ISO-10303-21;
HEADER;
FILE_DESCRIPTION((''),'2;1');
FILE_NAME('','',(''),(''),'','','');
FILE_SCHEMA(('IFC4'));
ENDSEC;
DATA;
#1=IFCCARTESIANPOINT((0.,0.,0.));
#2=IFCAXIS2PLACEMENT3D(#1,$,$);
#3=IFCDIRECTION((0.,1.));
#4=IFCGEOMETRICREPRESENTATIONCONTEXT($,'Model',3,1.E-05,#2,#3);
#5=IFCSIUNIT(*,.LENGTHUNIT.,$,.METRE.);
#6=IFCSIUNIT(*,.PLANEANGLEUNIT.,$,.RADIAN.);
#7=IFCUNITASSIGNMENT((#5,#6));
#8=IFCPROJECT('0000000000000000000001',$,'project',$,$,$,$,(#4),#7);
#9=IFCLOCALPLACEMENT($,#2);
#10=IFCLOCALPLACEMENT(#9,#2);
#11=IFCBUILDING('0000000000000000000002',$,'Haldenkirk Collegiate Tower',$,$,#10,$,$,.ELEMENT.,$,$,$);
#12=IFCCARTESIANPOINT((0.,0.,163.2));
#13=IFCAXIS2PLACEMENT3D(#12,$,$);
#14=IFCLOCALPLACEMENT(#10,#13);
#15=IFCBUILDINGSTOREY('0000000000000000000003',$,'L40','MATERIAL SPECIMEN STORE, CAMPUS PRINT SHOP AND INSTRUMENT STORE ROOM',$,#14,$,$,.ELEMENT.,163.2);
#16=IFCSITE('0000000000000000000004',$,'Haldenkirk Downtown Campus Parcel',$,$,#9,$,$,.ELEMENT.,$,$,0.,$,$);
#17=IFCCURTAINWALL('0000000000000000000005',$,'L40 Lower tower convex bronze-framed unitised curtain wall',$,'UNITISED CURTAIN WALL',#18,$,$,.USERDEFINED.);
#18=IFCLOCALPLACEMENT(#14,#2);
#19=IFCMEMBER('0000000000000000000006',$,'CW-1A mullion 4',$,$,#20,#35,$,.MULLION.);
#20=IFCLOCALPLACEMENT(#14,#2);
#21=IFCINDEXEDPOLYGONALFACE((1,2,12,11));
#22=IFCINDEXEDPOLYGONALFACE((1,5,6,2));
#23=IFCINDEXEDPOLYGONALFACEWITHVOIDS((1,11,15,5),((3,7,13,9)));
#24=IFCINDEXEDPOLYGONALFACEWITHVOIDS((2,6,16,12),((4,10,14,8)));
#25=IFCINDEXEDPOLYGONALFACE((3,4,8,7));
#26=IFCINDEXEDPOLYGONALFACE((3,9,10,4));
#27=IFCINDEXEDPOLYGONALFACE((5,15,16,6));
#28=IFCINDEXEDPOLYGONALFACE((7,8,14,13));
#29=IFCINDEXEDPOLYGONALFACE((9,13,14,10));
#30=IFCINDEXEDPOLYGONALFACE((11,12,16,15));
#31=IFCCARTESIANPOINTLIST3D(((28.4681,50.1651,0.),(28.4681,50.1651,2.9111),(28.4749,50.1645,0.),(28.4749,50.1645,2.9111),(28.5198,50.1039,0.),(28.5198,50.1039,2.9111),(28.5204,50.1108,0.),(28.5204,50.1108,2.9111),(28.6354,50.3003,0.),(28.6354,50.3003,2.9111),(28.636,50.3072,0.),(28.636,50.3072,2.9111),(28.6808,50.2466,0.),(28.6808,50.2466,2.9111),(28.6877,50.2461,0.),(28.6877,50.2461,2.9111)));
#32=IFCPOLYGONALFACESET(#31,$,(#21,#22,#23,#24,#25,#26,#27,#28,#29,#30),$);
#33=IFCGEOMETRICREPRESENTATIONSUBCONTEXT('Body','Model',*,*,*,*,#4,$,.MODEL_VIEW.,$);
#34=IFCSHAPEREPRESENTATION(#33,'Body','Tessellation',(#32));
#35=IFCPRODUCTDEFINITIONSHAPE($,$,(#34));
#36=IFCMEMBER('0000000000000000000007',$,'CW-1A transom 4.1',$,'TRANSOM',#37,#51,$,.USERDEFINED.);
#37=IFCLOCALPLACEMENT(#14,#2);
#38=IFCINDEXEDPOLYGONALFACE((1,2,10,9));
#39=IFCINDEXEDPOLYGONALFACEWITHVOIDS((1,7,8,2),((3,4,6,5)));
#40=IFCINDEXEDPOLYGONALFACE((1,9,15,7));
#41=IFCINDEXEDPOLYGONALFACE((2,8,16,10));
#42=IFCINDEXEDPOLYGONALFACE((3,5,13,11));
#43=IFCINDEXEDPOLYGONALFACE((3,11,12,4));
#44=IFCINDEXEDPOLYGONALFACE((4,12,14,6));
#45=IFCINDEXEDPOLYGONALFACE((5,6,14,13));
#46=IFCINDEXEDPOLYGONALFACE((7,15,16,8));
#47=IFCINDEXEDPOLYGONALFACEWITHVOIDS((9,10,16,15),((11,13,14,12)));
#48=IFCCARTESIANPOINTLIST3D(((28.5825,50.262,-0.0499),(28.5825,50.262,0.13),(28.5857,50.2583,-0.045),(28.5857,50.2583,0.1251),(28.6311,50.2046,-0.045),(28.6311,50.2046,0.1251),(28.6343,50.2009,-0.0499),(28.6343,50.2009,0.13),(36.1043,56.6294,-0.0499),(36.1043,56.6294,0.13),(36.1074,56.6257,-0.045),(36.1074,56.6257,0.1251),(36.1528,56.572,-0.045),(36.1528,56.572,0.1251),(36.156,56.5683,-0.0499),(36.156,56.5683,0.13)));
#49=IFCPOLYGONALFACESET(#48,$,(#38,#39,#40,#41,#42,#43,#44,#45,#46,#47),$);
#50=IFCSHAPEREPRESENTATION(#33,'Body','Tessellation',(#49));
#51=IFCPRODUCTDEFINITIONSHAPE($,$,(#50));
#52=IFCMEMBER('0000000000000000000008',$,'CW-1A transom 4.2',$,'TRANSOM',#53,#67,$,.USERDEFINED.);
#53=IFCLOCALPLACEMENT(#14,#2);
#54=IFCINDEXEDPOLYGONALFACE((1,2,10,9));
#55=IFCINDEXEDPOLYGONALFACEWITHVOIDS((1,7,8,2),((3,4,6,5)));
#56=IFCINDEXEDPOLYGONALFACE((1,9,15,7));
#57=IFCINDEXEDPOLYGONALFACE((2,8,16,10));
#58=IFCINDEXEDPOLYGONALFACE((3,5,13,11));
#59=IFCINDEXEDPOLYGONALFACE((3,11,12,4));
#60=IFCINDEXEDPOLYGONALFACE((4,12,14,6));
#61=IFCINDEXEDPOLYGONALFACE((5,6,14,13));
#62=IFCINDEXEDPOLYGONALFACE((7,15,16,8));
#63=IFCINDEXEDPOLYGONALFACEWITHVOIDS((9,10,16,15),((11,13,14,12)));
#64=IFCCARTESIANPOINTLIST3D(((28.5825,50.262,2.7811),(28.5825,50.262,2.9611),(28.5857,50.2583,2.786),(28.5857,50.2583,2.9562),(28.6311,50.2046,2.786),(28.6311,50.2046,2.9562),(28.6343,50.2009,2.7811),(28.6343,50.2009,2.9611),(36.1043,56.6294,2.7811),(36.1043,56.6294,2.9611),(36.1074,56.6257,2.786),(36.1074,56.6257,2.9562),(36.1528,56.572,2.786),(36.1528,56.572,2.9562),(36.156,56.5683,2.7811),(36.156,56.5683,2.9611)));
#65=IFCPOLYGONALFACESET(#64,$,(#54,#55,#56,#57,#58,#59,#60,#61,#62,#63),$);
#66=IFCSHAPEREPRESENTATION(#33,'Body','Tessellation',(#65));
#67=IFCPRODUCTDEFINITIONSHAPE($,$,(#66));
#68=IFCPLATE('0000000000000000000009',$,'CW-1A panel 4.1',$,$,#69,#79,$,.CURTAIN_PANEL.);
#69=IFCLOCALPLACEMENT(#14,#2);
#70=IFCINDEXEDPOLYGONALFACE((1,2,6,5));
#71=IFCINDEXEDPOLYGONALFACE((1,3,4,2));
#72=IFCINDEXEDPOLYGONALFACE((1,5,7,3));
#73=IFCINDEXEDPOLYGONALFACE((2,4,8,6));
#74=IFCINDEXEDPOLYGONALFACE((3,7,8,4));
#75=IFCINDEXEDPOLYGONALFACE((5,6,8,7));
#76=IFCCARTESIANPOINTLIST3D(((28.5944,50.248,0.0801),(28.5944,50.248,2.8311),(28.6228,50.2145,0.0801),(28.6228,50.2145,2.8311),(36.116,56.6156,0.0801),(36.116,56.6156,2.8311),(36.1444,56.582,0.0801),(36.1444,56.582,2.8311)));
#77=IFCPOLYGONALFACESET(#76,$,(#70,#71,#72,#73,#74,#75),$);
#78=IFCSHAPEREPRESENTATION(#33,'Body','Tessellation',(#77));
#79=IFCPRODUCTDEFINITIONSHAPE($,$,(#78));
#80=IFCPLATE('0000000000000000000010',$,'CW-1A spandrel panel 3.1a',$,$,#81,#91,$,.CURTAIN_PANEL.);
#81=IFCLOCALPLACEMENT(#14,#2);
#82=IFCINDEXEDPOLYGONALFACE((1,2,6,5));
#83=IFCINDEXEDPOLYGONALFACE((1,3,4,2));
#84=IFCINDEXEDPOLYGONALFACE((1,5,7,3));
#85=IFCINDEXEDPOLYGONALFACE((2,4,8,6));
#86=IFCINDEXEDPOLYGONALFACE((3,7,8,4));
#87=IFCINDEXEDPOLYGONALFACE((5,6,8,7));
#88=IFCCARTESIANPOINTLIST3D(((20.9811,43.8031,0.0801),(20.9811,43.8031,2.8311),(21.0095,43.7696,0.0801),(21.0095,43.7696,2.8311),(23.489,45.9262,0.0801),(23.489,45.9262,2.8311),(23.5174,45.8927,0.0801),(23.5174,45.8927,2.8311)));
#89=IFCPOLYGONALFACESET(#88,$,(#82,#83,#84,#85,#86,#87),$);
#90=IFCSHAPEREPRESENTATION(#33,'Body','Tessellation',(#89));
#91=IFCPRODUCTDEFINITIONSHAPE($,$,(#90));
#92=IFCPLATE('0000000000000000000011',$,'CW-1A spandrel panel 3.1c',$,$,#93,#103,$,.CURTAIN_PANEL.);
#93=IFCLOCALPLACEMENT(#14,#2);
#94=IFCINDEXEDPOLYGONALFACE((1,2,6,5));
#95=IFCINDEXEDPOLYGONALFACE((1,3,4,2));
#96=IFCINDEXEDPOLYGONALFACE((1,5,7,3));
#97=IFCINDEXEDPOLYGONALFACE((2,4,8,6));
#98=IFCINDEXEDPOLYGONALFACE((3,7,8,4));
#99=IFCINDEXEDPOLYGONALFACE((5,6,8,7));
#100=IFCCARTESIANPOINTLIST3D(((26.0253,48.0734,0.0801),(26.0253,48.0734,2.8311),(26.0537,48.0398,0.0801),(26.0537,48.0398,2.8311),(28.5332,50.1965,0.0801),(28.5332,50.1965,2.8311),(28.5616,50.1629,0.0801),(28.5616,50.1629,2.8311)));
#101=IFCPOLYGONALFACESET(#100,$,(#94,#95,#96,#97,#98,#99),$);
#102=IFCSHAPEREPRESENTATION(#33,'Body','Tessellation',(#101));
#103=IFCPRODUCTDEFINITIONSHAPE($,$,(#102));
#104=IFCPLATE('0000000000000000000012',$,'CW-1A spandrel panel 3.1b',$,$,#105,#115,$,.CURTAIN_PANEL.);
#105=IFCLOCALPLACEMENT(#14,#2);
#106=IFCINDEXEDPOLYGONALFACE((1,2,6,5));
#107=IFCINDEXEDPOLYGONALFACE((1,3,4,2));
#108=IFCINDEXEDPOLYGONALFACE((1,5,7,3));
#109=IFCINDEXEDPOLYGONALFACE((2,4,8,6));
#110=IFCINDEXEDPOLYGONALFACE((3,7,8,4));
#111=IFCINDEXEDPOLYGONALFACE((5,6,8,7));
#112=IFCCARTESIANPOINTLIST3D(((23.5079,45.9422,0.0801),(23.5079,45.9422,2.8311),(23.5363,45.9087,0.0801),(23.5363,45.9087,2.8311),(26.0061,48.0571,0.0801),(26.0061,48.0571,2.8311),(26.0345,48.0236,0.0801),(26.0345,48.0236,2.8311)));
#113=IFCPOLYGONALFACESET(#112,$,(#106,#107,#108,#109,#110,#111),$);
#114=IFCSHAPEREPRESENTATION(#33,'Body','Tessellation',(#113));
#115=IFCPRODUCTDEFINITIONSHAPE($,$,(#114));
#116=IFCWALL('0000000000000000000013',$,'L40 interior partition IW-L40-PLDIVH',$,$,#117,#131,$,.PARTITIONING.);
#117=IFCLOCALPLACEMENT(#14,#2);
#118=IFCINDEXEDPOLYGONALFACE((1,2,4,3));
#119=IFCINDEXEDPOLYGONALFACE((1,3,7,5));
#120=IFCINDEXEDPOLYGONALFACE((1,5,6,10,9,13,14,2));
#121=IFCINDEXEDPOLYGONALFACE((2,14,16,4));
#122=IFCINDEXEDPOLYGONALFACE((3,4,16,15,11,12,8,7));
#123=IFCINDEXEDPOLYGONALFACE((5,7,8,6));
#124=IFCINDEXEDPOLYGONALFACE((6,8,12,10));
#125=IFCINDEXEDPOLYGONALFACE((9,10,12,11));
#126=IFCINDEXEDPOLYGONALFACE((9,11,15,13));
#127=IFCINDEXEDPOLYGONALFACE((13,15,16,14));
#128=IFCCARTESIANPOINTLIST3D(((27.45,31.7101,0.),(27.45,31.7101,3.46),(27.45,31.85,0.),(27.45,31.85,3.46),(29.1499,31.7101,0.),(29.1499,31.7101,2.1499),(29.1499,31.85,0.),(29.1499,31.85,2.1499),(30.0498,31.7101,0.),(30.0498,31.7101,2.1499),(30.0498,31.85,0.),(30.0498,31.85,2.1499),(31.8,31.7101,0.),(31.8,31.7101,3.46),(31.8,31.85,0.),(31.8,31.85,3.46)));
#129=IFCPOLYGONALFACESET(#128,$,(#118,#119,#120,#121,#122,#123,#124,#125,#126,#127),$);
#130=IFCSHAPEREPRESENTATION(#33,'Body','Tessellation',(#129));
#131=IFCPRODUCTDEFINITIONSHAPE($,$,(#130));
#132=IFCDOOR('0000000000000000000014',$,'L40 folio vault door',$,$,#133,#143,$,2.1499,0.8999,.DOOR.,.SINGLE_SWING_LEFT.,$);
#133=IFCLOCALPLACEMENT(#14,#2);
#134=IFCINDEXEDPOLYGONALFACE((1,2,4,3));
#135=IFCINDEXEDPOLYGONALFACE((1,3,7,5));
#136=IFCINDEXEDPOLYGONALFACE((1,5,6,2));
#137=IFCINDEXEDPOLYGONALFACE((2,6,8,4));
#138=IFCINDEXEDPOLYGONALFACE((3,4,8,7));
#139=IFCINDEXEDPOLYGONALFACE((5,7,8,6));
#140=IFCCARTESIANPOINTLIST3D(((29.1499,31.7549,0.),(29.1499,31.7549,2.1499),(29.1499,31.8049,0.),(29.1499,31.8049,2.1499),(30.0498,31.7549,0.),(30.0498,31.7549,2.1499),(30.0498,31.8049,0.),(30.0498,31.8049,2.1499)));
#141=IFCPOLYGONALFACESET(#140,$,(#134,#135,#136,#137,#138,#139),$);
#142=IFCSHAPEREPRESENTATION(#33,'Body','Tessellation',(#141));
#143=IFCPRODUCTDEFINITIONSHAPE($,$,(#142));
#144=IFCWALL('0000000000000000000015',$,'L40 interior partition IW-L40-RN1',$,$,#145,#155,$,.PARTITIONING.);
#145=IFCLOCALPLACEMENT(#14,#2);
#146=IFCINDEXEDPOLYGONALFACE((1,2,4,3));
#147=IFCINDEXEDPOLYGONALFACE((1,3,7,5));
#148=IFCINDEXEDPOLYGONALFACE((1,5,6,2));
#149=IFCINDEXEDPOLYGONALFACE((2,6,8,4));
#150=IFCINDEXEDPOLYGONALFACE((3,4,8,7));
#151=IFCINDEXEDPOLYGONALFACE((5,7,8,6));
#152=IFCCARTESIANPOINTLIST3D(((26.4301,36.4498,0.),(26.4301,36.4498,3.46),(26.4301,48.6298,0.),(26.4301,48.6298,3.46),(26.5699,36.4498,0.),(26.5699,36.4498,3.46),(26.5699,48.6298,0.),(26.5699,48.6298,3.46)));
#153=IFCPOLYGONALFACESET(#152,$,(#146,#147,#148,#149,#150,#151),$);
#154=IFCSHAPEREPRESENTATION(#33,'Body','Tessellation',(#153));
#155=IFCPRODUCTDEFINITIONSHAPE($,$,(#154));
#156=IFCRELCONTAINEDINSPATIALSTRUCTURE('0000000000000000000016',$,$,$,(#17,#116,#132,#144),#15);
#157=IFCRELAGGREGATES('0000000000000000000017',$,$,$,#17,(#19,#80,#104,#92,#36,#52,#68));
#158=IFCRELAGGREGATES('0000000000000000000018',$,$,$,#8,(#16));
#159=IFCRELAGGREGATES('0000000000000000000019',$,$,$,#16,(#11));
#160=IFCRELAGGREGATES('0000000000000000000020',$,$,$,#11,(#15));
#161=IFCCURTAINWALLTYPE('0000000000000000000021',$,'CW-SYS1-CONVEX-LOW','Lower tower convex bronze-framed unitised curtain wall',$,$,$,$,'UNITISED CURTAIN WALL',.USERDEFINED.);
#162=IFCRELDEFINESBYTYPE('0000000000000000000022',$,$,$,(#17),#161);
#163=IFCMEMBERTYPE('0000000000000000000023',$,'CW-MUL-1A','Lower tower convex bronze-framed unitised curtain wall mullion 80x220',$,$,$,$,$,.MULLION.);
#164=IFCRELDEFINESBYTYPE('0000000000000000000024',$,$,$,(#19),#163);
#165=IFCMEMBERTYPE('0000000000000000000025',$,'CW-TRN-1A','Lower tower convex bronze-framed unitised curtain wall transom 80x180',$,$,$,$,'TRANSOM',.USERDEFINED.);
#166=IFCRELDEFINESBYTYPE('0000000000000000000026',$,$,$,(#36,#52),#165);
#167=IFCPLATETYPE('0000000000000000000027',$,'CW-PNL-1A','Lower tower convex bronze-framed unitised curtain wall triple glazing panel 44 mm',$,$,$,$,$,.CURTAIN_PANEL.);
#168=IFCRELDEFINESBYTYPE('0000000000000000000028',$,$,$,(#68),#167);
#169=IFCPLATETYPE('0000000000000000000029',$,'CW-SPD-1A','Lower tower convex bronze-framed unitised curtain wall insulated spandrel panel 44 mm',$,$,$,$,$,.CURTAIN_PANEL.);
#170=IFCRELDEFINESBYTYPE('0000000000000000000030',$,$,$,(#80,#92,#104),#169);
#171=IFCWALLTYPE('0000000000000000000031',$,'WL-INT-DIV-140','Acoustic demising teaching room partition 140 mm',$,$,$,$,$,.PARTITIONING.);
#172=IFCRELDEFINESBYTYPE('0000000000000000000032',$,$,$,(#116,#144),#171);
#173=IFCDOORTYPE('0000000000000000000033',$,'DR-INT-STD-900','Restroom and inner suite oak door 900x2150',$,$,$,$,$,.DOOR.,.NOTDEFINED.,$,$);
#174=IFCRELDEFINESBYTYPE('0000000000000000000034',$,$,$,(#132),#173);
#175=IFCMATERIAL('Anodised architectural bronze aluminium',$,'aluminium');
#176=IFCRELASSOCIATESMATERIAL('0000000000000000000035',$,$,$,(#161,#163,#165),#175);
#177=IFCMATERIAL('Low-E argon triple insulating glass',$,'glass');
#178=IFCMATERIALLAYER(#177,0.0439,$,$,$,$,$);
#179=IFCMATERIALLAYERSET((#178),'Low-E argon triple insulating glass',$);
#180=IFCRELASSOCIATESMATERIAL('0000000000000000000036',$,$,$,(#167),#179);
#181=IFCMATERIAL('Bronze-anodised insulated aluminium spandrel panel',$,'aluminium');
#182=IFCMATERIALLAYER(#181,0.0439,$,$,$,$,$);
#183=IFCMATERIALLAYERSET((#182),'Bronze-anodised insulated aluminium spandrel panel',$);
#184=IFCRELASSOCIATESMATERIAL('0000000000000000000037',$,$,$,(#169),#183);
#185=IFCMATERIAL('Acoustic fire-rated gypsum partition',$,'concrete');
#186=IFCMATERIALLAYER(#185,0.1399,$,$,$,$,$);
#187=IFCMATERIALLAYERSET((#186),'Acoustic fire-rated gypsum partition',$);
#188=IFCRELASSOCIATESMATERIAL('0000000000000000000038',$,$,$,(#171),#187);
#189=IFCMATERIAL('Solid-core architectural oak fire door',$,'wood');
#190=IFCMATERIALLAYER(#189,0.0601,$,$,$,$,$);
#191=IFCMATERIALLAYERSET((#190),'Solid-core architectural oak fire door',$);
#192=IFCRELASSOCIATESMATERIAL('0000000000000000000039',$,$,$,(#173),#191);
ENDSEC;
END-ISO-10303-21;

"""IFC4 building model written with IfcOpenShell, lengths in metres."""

from ifc_helpers import new_model, si_unit, direction, frame, frame_2d, origin, origin_2d, place, context, subcontext, project, spatial, rectangle, hollow_rectangle, extrude, source, transform, mapped, material, layer, layer_set, material_profile, profile_set, type_object, element, fill, aggregate, save


model = new_model("IFC4")

# Units and contexts
model_context = context("Model", 3, precision=1e-05, world=origin(), true_north=direction((0.0, 1.0)))
body_context = subcontext(model_context, "Body", "Model", "MODEL_VIEW")
ifc_project = project(units=[si_unit("LENGTHUNIT", "METRE"), si_unit("PLANEANGLEUNIT", "RADIAN")], contexts=[model_context])

# Site, building, storey
site_placement = place(None, origin())
site = spatial("IfcSite", under=ifc_project, at=site_placement, Name="Haldenkirk Downtown Campus Parcel", CompositionType="ELEMENT", RefElevation=0.0)
building_placement = place(site_placement, origin())
building = spatial("IfcBuilding", under=site, at=building_placement, Name="Haldenkirk Collegiate Tower", CompositionType="ELEMENT")
storey_placement = place(building_placement, frame((0.0, 0.0, 163.2)))
storey = spatial("IfcBuildingStorey", under=building, at=storey_placement, Name="L40", Description="MATERIAL SPECIMEN STORE, CAMPUS PRINT SHOP AND INSTRUMENT STORE ROOM", CompositionType="ELEMENT", Elevation=163.2)

# Curtain wall, members, plates
ifc_material_1 = material(Name="Anodised architectural bronze aluminium", Category="aluminium")
curtain_wall_type = type_object("IfcCurtainWallType", Name="CW-SYS1-CONVEX-LOW", Description="Lower tower convex bronze-framed unitised curtain wall", ElementType="UNITISED CURTAIN WALL", PredefinedType="USERDEFINED", material=ifc_material_1)
curtain_wall_placement = place(storey_placement, origin())
curtain_wall = element("IfcCurtainWall", 1, at=curtain_wall_placement, inside=storey, type_object=curtain_wall_type, Name="L40 Lower tower convex bronze-framed unitised curtain wall", ObjectType="UNITISED CURTAIN WALL", PredefinedType="USERDEFINED")
ifc_material_profile_1 = material_profile(ifc_material_1, hollow_rectangle(XDim=0.0801, YDim=0.22, WallThickness=0.0049, at=origin_2d()), Name="CW-MUL-1A")
ifc_profile_set_1 = profile_set([ifc_material_profile_1], Name="Anodised architectural bronze aluminium")
member_type_1 = type_object("IfcMemberType", Name="CW-MUL-1A", Description="Lower tower convex bronze-framed unitised curtain wall mullion 80x220", PredefinedType="MULLION", material=ifc_profile_set_1)
member_1_placement = place(storey_placement, frame((28.5779, 50.2056, 0.0), z_axis=(0.0, 0.0, 1.0), x_axis=(-0.646124, 0.763232, 0.0)))
member_1 = element("IfcMember", 2, at=member_1_placement, type_object=member_type_1, Name="CW-1A mullion 4", PredefinedType="MULLION", context=body_context, shape_type="SweptSolid", body=[
    extrude(hollow_rectangle(XDim=0.0801, YDim=0.22, WallThickness=0.0049, at=origin_2d()), origin(), (0.0, 0.0, 1.0), 2.9111),
])
ifc_material_profile_2 = material_profile(ifc_material_1, hollow_rectangle(XDim=0.0801, YDim=0.1799, WallThickness=0.0049, at=origin_2d()), Name="CW-TRN-1A")
ifc_profile_set_2 = profile_set([ifc_material_profile_2], Name="Anodised architectural bronze aluminium")
member_type_2 = type_object("IfcMemberType", Name="CW-TRN-1A", Description="Lower tower convex bronze-framed unitised curtain wall transom 80x180", ElementType="TRANSOM", PredefinedType="USERDEFINED", material=ifc_profile_set_2)
member_2_placement = place(storey_placement, frame((28.6084, 50.2314, 0.04), z_axis=(0.763242, 0.646113, 0.0), x_axis=(-0.646113, 0.763242, 0.0)))
member_2 = element("IfcMember", 3, at=member_2_placement, type_object=member_type_2, Name="CW-1A transom 4.1", ObjectType="TRANSOM", PredefinedType="USERDEFINED", context=body_context, shape_type="SweptSolid", body=[
    extrude(hollow_rectangle(XDim=0.0801, YDim=0.1799, WallThickness=0.0049, at=origin_2d()), origin(), (0.0, 0.0, 1.0), 9.855),
])
member_3_placement = place(storey_placement, frame((28.6084, 50.2314, 2.8711), z_axis=(0.763242, 0.646113, 0.0), x_axis=(-0.646113, 0.763242, 0.0)))
member_3 = element("IfcMember", 4, at=member_3_placement, type_object=member_type_2, Name="CW-1A transom 4.2", ObjectType="TRANSOM", PredefinedType="USERDEFINED", context=body_context, shape_type="SweptSolid", body=[
    extrude(hollow_rectangle(XDim=0.0801, YDim=0.1799, WallThickness=0.0049, at=origin_2d()), origin(), (0.0, 0.0, 1.0), 9.855),
])
ifc_material_2 = material(Name="Low-E argon triple insulating glass", Category="glass")
ifc_layer_1 = layer(ifc_material_2, 0.0439)
ifc_layer_set_1 = layer_set([ifc_layer_1], Name="Low-E argon triple insulating glass")
plate_type_1 = type_object("IfcPlateType", Name="CW-PNL-1A", Description="Lower tower convex bronze-framed unitised curtain wall triple glazing panel 44 mm", PredefinedType="CURTAIN_PANEL", material=ifc_layer_set_1)
shared_shape_1 = source(origin(), body_context, "Body", "SweptSolid", [
    extrude(rectangle(XDim=9.855, YDim=0.0439, at=origin_2d()), origin(), (0.0, 0.0, 1.0), 2.751),
])
plate_1_placement = place(storey_placement, frame((32.3694, 53.415, 0.0801), z_axis=(0.0, 0.0, 1.0), x_axis=(0.763232, 0.646124, 0.0)))
plate_1 = element("IfcPlate", 5, at=plate_1_placement, type_object=plate_type_1, Name="CW-1A panel 4.1", PredefinedType="CURTAIN_PANEL", context=body_context, shape_type="MappedRepresentation", body=[
    mapped(shared_shape_1, transform((0.0, 0.0, 0.0), x_axis=(1.0, 0.0, 0.0), y_axis=(0.0, 1.0, 0.0), z_axis=(0.0, 0.0, 1.0), scale=1.0)),
])
ifc_material_3 = material(Name="Bronze-anodised insulated aluminium spandrel panel", Category="aluminium")
ifc_layer_2 = layer(ifc_material_3, 0.0439)
ifc_layer_set_2 = layer_set([ifc_layer_2], Name="Bronze-anodised insulated aluminium spandrel panel")
plate_type_2 = type_object("IfcPlateType", Name="CW-SPD-1A", Description="Lower tower convex bronze-framed unitised curtain wall insulated spandrel panel 44 mm", PredefinedType="CURTAIN_PANEL", material=ifc_layer_set_2)
shared_shape_2 = source(origin(), body_context, "Body", "SweptSolid", [
    extrude(rectangle(XDim=3.2859, YDim=0.0439, at=origin_2d()), origin(), (0.0, 0.0, 1.0), 2.751),
])
plate_2_placement = place(storey_placement, frame((22.2493, 44.8479, 0.0801), z_axis=(0.0, 0.0, 1.0), x_axis=(0.763232, 0.646124, 0.0)))
plate_2 = element("IfcPlate", 6, at=plate_2_placement, type_object=plate_type_2, Name="CW-1A spandrel panel 3.1a", PredefinedType="CURTAIN_PANEL", context=body_context, shape_type="MappedRepresentation", body=[
    mapped(shared_shape_2, transform((0.0, 0.0, 0.0), x_axis=(1.0, 0.0, 0.0), y_axis=(0.0, 1.0, 0.0), z_axis=(0.0, 0.0, 1.0), scale=1.0)),
])
plate_3_placement = place(storey_placement, frame((27.2935, 49.1182, 0.0801), z_axis=(0.0, 0.0, 1.0), x_axis=(0.763232, 0.646124, 0.0)))
plate_3 = element("IfcPlate", 7, at=plate_3_placement, type_object=plate_type_2, Name="CW-1A spandrel panel 3.1c", PredefinedType="CURTAIN_PANEL", context=body_context, shape_type="MappedRepresentation", body=[
    mapped(shared_shape_2, transform((0.0, 0.0, 0.0), x_axis=(1.0, 0.0, 0.0), y_axis=(0.0, 1.0, 0.0), z_axis=(0.0, 0.0, 1.0), scale=1.0)),
])
shared_shape_3 = source(origin(), body_context, "Body", "SweptSolid", [
    extrude(rectangle(XDim=3.2732, YDim=0.0439, at=origin_2d()), origin(), (0.0, 0.0, 1.0), 2.751),
])
plate_4_placement = place(storey_placement, frame((24.7712, 46.9829, 0.0801), z_axis=(0.0, 0.0, 1.0), x_axis=(0.763232, 0.646124, 0.0)))
plate_4 = element("IfcPlate", 8, at=plate_4_placement, type_object=plate_type_2, Name="CW-1A spandrel panel 3.1b", PredefinedType="CURTAIN_PANEL", context=body_context, shape_type="MappedRepresentation", body=[
    mapped(shared_shape_3, transform((0.0, 0.0, 0.0), x_axis=(1.0, 0.0, 0.0), y_axis=(0.0, 1.0, 0.0), z_axis=(0.0, 0.0, 1.0), scale=1.0)),
])
aggregate(curtain_wall, [member_1, plate_2, plate_4, plate_3, member_2, member_3, plate_1])

# Wall, opening, door
ifc_material_4 = material(Name="Acoustic fire-rated gypsum partition", Category="concrete")
ifc_layer_3 = layer(ifc_material_4, 0.1399)
ifc_layer_set_3 = layer_set([ifc_layer_3], Name="Acoustic fire-rated gypsum partition")
wall_type_1 = type_object("IfcWallType", Name="WL-INT-DIV-140", Description="Acoustic demising teaching room partition 140 mm", PredefinedType="PARTITIONING", material=ifc_layer_set_3)
wall_1_placement = place(storey_placement, frame((27.45, 31.78, 0.0), z_axis=(0.0, 0.0, 1.0), x_axis=(1.0, 0.0, 0.0)))
wall_1 = element("IfcWall", 9, at=wall_1_placement, inside=storey, type_object=wall_type_1, Name="L40 interior partition IW-L40-PLDIVH", PredefinedType="PARTITIONING", context=body_context, shape_type="SweptSolid", body=[
    extrude(rectangle(XDim=4.3501, YDim=0.1399, at=frame_2d((2.175, 0.0))), origin(), (0.0, 0.0, 1.0), 3.46),
])
opening_1_placement = place(wall_1_placement, frame((1.7, 0.0, 0.0)))
opening_1 = element("IfcOpeningElement", 10, at=opening_1_placement, cuts=wall_1, PredefinedType="OPENING", context=body_context, shape_type="SweptSolid", body=[
    extrude(rectangle(XDim=0.8999, YDim=2.1499, at=frame_2d((0.45, 1.075))), frame((0.0, 0.0798, 0.0), z_axis=(0.0, -1.0, 0.0), x_axis=(1.0, 0.0, 0.0)), (0.0, 0.0, 1.0), 0.1599),
])
ifc_material_5 = material(Name="Solid-core architectural oak fire door", Category="wood")
ifc_layer_4 = layer(ifc_material_5, 0.0601)
ifc_layer_set_4 = layer_set([ifc_layer_4], Name="Solid-core architectural oak fire door")
door_type_1 = type_object("IfcDoorType", Name="DR-INT-STD-900", Description="Restroom and inner suite oak door 900x2150", OperationType="NOTDEFINED", PredefinedType="DOOR", material=ifc_layer_set_4)
door_1_placement = place(opening_1_placement, origin())
door_1 = element("IfcDoor", 11, at=door_1_placement, inside=storey, type_object=door_type_1, Name="L40 folio vault door", OperationType="SINGLE_SWING_LEFT", OverallHeight=2.1499, OverallWidth=0.8999, PredefinedType="DOOR", context=body_context, shape_type="SweptSolid", body=[
    extrude(rectangle(XDim=0.8999, YDim=2.1499, at=frame_2d((0.45, 1.075))), frame((0.0, 0.0249, 0.0), z_axis=(0.0, -1.0, 0.0), x_axis=(1.0, 0.0, 0.0)), (0.0, 0.0, 1.0), 0.05),
])
fill(opening_1, door_1)

# Wall
wall_2_placement = place(storey_placement, frame((26.5, 36.45, 0.0), z_axis=(0.0, 0.0, 1.0), x_axis=(0.0, 1.0, 0.0)))
element("IfcWall", 12, at=wall_2_placement, inside=storey, type_object=wall_type_1, Name="L40 interior partition IW-L40-RN1", PredefinedType="PARTITIONING", context=body_context, shape_type="SweptSolid", body=[
    extrude(rectangle(XDim=12.1799, YDim=0.1399, at=frame_2d((6.0898, 0.0))), origin(), (0.0, 0.0, 1.0), 3.46),
])

save(model, "model.ifc")
